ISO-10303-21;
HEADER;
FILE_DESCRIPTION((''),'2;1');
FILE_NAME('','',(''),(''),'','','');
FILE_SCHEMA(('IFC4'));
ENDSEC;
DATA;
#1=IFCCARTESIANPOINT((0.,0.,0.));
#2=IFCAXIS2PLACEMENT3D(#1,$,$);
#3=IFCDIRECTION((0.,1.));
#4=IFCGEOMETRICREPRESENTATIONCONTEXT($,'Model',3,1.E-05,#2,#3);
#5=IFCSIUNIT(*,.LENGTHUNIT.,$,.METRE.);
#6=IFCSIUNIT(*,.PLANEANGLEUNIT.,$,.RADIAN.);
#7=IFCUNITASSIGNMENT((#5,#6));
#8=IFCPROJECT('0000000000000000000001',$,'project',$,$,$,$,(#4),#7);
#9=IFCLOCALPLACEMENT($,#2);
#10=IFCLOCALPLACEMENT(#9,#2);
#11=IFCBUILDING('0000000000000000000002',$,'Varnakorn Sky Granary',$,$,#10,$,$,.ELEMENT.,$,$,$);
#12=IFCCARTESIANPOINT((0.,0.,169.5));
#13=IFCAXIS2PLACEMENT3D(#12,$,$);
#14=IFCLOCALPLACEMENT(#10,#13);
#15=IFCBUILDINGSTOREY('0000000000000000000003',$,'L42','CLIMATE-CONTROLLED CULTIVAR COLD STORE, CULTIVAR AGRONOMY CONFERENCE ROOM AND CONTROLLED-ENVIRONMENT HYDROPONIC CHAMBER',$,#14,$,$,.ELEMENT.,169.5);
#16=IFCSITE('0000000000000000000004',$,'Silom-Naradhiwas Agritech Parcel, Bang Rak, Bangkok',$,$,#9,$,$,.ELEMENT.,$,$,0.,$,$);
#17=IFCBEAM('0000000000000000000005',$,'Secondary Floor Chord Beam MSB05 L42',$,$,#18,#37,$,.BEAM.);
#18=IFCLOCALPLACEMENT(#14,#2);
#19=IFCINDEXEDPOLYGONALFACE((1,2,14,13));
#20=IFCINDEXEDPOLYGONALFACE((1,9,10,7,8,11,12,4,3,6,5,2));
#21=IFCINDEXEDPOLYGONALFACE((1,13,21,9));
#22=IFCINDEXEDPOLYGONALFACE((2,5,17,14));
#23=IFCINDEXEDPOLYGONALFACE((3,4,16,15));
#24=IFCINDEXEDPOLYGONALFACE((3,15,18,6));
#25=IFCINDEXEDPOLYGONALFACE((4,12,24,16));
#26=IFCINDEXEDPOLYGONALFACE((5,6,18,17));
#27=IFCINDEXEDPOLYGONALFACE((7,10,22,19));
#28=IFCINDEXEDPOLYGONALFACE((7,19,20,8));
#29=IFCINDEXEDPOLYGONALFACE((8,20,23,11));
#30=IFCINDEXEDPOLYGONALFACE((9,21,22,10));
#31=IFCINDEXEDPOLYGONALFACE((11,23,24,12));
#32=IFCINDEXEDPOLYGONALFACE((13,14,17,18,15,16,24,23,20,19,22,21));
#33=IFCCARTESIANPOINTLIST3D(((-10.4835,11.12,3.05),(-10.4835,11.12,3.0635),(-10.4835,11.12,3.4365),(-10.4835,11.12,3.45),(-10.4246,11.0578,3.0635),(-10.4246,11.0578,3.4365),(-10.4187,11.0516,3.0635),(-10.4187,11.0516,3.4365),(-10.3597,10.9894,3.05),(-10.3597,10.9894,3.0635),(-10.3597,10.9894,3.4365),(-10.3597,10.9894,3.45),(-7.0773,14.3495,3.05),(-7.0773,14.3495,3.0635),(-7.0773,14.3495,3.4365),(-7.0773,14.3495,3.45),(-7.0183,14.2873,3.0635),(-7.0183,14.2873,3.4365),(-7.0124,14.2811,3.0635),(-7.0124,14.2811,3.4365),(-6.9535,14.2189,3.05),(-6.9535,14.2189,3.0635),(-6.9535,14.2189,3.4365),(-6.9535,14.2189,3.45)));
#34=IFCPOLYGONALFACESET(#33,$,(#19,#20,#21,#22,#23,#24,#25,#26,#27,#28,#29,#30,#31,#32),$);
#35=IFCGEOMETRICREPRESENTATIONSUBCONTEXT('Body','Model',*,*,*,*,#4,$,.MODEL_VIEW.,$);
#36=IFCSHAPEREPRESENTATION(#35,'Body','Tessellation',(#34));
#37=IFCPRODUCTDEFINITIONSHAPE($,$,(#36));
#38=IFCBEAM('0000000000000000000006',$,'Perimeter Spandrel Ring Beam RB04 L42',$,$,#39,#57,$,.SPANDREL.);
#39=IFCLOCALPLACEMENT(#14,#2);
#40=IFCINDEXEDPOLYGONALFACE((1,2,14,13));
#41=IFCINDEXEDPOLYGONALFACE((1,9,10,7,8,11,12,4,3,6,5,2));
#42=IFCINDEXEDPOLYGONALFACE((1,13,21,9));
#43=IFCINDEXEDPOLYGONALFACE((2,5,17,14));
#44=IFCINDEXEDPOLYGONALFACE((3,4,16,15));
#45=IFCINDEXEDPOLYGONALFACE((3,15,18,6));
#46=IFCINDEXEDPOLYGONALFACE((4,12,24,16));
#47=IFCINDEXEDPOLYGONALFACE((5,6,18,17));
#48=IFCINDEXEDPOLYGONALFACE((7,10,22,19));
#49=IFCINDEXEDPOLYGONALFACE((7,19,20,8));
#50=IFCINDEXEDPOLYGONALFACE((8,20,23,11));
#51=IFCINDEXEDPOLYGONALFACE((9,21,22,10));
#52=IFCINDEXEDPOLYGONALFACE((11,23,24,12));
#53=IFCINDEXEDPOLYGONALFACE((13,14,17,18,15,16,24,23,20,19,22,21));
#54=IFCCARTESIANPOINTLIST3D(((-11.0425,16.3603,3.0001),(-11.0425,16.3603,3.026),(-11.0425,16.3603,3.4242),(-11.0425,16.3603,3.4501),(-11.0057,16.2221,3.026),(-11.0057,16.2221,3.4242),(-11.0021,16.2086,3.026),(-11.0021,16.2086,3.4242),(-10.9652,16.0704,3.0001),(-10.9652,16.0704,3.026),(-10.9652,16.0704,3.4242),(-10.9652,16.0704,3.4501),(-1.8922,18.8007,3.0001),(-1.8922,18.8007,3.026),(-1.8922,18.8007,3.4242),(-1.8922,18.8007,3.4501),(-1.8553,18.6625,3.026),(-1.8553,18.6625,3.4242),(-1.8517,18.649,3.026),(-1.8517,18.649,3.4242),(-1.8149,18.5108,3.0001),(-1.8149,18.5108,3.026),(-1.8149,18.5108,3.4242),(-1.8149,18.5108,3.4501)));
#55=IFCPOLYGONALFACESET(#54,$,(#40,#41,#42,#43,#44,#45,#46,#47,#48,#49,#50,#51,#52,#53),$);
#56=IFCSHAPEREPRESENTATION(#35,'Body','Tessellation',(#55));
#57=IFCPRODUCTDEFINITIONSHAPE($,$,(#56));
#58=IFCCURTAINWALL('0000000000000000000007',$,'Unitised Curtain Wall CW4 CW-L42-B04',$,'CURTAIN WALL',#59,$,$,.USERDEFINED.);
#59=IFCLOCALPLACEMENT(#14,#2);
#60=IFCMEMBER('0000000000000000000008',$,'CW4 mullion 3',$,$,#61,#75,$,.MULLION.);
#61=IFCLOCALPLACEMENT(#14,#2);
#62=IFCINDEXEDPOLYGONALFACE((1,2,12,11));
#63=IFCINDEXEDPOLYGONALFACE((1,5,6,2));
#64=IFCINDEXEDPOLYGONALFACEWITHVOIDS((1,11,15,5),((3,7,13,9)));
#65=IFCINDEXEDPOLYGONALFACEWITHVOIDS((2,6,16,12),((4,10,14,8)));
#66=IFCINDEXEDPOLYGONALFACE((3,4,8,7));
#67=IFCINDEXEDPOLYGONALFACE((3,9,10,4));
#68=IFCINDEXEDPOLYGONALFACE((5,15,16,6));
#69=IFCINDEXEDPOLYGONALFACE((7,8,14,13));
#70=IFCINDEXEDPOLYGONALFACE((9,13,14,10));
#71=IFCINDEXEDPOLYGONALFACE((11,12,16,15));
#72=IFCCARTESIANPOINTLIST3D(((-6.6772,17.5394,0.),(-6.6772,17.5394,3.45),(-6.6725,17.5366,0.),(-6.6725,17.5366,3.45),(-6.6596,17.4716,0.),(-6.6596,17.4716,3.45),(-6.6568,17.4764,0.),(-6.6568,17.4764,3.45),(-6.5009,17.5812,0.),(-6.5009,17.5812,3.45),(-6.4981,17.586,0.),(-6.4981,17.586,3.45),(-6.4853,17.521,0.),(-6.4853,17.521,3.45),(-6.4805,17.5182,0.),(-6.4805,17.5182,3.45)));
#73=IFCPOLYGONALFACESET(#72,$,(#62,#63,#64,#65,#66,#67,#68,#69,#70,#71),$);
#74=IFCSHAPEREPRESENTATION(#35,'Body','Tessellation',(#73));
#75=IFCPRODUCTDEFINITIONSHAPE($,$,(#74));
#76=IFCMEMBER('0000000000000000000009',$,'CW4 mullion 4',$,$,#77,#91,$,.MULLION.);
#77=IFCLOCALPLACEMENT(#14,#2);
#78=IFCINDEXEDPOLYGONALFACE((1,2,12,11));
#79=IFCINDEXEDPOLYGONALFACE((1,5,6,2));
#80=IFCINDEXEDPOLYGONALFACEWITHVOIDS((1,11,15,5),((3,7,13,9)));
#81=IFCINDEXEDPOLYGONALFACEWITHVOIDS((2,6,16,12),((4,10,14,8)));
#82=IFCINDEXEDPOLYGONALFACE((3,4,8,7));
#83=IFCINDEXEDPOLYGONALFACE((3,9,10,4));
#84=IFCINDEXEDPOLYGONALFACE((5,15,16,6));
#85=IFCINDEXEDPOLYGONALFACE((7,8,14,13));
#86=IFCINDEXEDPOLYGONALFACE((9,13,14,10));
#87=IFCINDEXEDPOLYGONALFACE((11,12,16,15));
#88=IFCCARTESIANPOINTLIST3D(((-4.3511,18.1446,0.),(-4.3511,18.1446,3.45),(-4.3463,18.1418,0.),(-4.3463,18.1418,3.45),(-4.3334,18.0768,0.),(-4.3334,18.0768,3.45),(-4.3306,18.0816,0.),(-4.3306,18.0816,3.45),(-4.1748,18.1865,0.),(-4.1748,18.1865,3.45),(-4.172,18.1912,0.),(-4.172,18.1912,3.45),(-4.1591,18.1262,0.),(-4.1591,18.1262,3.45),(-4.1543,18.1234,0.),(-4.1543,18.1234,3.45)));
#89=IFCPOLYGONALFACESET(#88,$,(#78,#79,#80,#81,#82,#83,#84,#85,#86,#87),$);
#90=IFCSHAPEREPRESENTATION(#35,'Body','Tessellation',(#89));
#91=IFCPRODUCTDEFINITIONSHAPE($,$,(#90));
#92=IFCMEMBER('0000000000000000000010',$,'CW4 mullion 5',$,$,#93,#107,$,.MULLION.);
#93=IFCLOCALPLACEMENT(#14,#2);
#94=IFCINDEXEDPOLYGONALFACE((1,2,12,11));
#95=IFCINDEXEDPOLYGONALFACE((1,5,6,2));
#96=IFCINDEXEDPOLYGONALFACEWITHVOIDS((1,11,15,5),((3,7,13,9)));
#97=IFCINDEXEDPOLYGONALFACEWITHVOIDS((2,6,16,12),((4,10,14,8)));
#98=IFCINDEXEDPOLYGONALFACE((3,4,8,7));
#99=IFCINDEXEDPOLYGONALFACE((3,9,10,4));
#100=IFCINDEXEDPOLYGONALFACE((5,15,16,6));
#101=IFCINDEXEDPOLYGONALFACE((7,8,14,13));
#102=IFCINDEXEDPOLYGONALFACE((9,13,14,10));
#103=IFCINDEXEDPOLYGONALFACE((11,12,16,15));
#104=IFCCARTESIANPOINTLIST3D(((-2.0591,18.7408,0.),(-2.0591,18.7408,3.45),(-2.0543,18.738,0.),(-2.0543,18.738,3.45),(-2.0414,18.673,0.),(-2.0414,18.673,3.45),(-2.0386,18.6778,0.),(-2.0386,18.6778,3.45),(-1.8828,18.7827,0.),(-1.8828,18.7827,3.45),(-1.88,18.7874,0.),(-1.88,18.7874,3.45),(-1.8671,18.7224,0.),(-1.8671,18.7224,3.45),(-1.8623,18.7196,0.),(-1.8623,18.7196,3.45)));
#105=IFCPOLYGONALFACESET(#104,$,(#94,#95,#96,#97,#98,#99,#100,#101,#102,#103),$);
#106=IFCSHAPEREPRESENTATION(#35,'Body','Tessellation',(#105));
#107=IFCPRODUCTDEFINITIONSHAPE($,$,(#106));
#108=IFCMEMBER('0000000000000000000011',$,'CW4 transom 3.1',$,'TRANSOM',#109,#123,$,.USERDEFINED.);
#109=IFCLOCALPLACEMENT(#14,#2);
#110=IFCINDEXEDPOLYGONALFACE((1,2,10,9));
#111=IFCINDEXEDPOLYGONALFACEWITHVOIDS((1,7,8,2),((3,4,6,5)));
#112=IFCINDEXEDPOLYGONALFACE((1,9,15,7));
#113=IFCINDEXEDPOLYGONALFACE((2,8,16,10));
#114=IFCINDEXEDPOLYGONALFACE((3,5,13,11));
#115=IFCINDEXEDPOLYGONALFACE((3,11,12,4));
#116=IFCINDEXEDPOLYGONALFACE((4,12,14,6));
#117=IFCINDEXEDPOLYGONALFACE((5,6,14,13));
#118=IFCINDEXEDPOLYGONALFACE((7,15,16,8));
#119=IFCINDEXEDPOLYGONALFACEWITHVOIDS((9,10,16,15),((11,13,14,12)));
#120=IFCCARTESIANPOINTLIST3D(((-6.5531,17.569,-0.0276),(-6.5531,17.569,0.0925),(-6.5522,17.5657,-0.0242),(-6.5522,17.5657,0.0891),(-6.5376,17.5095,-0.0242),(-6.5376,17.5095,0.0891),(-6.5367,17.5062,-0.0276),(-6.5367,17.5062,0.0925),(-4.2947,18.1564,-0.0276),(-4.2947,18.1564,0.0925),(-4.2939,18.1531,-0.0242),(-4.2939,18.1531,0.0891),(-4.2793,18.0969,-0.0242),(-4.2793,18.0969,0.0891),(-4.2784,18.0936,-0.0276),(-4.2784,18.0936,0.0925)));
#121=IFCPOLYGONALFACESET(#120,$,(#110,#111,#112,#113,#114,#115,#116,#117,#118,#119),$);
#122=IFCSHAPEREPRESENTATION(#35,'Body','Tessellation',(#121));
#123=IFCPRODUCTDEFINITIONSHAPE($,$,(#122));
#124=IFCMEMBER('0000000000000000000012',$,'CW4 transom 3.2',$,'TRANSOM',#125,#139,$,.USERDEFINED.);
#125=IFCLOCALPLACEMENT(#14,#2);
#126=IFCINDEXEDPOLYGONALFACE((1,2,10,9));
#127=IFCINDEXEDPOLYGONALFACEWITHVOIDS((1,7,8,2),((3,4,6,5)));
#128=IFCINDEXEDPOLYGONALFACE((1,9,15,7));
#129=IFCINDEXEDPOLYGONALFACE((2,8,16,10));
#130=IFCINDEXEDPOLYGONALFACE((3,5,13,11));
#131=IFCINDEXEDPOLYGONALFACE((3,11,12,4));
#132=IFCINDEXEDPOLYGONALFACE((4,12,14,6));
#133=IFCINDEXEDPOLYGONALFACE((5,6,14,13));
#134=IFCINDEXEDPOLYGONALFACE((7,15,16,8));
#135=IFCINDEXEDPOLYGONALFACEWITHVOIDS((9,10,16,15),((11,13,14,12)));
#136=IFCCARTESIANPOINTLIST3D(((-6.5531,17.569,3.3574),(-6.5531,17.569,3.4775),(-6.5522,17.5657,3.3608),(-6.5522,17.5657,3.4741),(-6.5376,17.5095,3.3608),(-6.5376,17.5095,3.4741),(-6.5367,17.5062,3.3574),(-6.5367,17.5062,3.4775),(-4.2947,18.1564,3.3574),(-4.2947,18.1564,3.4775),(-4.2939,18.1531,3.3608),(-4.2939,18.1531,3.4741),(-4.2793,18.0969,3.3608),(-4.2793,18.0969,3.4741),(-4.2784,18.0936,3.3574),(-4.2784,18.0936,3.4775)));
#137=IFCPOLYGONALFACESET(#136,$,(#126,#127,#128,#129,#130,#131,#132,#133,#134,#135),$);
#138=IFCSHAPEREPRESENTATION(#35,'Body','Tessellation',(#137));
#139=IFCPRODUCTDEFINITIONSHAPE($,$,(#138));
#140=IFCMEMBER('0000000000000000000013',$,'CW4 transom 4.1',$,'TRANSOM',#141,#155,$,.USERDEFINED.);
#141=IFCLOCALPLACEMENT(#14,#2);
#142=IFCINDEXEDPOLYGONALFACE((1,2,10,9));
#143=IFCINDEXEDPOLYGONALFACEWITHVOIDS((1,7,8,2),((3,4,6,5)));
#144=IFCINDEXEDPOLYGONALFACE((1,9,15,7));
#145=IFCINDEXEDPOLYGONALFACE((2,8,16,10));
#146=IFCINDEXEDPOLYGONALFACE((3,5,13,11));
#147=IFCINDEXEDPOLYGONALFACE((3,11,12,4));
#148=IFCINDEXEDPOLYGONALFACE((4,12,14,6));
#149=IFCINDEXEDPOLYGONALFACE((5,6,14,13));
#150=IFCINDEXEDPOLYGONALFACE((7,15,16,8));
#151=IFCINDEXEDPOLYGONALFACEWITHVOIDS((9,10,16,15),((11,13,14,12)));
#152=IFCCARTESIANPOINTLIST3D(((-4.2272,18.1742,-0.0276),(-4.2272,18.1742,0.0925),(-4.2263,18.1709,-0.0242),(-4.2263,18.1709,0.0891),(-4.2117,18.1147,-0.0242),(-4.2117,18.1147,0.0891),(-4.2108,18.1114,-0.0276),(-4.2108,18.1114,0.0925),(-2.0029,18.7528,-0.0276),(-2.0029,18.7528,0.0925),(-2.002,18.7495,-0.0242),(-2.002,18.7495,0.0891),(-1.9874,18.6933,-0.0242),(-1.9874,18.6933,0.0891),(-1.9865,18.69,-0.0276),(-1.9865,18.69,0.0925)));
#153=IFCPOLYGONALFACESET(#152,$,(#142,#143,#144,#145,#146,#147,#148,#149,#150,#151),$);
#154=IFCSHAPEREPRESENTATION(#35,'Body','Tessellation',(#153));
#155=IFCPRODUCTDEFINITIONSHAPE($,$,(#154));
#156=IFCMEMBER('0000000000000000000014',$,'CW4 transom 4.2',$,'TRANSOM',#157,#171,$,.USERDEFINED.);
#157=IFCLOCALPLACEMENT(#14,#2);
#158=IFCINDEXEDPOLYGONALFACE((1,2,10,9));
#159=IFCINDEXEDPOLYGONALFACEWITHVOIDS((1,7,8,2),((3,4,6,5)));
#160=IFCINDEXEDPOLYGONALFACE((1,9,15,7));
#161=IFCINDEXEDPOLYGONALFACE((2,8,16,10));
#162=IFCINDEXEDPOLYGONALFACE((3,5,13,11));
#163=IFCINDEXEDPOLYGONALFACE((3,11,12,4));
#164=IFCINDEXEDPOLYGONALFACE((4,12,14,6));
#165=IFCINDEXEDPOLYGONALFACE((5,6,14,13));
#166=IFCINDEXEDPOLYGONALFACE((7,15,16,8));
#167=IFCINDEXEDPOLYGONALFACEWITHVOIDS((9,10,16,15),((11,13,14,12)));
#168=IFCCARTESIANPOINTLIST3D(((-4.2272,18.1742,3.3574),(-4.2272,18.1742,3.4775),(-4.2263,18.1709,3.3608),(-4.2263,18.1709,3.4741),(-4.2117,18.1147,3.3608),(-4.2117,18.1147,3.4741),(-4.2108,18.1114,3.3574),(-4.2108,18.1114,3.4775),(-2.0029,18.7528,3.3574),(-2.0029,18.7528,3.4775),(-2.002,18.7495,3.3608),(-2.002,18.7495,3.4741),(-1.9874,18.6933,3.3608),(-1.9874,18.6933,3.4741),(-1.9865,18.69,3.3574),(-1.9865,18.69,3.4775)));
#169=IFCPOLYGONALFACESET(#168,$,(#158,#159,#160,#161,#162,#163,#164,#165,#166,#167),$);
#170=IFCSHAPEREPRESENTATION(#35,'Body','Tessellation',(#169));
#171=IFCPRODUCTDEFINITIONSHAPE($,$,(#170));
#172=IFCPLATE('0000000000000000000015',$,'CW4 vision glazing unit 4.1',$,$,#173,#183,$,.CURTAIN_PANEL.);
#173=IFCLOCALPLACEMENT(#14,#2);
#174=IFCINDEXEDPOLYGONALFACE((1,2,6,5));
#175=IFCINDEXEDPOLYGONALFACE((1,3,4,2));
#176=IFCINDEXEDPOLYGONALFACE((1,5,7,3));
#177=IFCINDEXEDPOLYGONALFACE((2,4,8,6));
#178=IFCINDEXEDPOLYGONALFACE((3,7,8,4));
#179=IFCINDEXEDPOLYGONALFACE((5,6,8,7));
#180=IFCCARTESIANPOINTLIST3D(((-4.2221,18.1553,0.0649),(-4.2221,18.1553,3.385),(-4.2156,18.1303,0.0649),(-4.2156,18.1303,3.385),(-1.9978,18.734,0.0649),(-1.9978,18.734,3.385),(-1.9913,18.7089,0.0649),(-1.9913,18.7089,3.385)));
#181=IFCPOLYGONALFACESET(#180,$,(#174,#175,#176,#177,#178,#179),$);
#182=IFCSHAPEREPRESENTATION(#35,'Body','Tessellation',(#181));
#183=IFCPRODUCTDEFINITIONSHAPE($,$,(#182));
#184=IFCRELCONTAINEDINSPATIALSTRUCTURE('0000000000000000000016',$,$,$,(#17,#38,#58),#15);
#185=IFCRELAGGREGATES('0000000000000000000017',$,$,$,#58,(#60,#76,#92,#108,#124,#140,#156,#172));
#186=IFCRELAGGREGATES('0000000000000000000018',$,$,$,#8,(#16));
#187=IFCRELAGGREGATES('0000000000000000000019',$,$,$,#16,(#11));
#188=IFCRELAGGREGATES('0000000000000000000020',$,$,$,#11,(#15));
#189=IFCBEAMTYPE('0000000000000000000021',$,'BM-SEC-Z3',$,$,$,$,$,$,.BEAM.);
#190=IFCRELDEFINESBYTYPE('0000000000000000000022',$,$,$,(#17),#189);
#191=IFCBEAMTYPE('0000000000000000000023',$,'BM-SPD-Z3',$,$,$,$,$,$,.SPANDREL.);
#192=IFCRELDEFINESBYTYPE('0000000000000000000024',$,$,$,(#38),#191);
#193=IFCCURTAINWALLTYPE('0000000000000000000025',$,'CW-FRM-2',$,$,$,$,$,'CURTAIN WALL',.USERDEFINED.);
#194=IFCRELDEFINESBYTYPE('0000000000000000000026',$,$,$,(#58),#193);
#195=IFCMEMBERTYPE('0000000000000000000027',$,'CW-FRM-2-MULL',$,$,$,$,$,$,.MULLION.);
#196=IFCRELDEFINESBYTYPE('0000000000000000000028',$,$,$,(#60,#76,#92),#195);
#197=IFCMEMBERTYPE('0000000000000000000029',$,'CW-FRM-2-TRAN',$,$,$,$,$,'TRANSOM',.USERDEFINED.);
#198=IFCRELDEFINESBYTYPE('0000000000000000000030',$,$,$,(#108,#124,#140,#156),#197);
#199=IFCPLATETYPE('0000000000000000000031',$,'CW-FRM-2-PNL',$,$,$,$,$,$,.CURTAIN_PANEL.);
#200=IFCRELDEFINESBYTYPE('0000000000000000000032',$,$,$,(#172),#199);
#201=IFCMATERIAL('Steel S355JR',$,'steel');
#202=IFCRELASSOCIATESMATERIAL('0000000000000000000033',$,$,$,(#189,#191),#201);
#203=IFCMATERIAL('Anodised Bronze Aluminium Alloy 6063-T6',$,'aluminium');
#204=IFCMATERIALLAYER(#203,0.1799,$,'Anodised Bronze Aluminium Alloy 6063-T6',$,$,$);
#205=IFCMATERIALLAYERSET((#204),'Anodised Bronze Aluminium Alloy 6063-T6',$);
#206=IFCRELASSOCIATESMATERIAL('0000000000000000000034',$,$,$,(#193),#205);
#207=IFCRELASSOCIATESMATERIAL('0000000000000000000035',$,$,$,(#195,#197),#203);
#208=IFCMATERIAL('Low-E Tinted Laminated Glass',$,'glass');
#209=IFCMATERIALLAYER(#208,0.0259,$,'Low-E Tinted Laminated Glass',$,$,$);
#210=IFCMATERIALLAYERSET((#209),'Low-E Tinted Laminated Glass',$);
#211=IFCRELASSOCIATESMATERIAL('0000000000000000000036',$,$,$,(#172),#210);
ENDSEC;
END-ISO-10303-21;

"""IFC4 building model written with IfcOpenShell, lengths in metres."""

from ifc_helpers import new_model, si_unit, direction, frame, origin, origin_2d, place, context, subcontext, project, spatial, rectangle, hollow_rectangle, i_section, extrude, source, transform, mapped, material, layer, layer_set, material_profile, profile_set, type_object, element, aggregate, save


model = new_model("IFC4")

# Units and contexts
model_context = context("Model", 3, precision=1e-05, world=origin(), true_north=direction((0.0, 1.0)))
body_context = subcontext(model_context, "Body", "Model", "MODEL_VIEW")
ifc_project = project(units=[si_unit("LENGTHUNIT", "METRE"), si_unit("PLANEANGLEUNIT", "RADIAN")], contexts=[model_context])

# Site, building, storey
site_placement = place(None, origin())
site = spatial("IfcSite", under=ifc_project, at=site_placement, Name="Silom-Naradhiwas Agritech Parcel, Bang Rak, Bangkok", CompositionType="ELEMENT", RefElevation=0.0)
building_placement = place(site_placement, origin())
building = spatial("IfcBuilding", under=site, at=building_placement, Name="Varnakorn Sky Granary", CompositionType="ELEMENT")
storey_placement = place(building_placement, frame((0.0, 0.0, 169.5)))
storey = spatial("IfcBuildingStorey", under=building, at=storey_placement, Name="L42", Description="CLIMATE-CONTROLLED CULTIVAR COLD STORE, CULTIVAR AGRONOMY CONFERENCE ROOM AND CONTROLLED-ENVIRONMENT HYDROPONIC CHAMBER", CompositionType="ELEMENT", Elevation=169.5)

# Beams
ifc_material_1 = material(Name="Steel S355JR", Category="steel")
ifc_material_profile_1 = material_profile(ifc_material_1, i_section(OverallWidth=0.1799, OverallDepth=0.3999, WebThickness=0.0085, FlangeThickness=0.0134, at=origin_2d()), Name="IPE 400")
ifc_profile_set_1 = profile_set([ifc_material_profile_1], Name="Steel S355JR")
beam_type_1 = type_object("IfcBeamType", Name="BM-SEC-Z3", PredefinedType="BEAM", material=ifc_profile_set_1)
beam_1_placement = place(storey_placement, frame((-7.0154, 14.2842, 3.25), z_axis=(-0.725685, -0.688027, 0.0), x_axis=(0.688027, -0.725685, 0.0)))
element("IfcBeam", 1, at=beam_1_placement, inside=storey, type_object=beam_type_1, Name="Secondary Floor Chord Beam MSB05 L42", PredefinedType="BEAM", context=body_context, shape_type="SweptSolid", body=[
    extrude(i_section(OverallWidth=0.1799, OverallDepth=0.3999, WebThickness=0.0085, FlangeThickness=0.0134, at=origin_2d()), origin(), (0.0, 0.0, 1.0), 4.6938),
])
ifc_material_profile_2 = material_profile(ifc_material_1, i_section(OverallWidth=0.3, OverallDepth=0.45, WebThickness=0.0139, FlangeThickness=0.0259, at=origin_2d()), Name="HE 450 B")
ifc_profile_set_2 = profile_set([ifc_material_profile_2], Name="Steel S355JR")
beam_type_2 = type_object("IfcBeamType", Name="BM-SPD-Z3", PredefinedType="SPANDREL", material=ifc_profile_set_2)
beam_2_placement = place(storey_placement, frame((-1.8535, 18.6558, 3.2251), z_axis=(-0.966226, -0.257695, 0.0), x_axis=(0.257695, -0.966226, 0.0)))
element("IfcBeam", 2, at=beam_2_placement, inside=storey, type_object=beam_type_2, Name="Perimeter Spandrel Ring Beam RB04 L42", PredefinedType="SPANDREL", context=body_context, shape_type="SweptSolid", body=[
    extrude(i_section(OverallWidth=0.3, OverallDepth=0.45, WebThickness=0.0139, FlangeThickness=0.0259, at=origin_2d()), origin(), (0.0, 0.0, 1.0), 9.4702),
])

# Curtain wall, members, plate
ifc_material_2 = material(Name="Anodised Bronze Aluminium Alloy 6063-T6", Category="aluminium")
ifc_layer_1 = layer(ifc_material_2, 0.1799, Name="Anodised Bronze Aluminium Alloy 6063-T6")
ifc_layer_set_1 = layer_set([ifc_layer_1], Name="Anodised Bronze Aluminium Alloy 6063-T6")
curtain_wall_type = type_object("IfcCurtainWallType", Name="CW-FRM-2", ElementType="CURTAIN WALL", PredefinedType="USERDEFINED", material=ifc_layer_set_1)
curtain_wall_placement = place(storey_placement, origin())
curtain_wall = element("IfcCurtainWall", 3, at=curtain_wall_placement, inside=storey, type_object=curtain_wall_type, Name="Unitised Curtain Wall CW4 CW-L42-B04", ObjectType="CURTAIN WALL", PredefinedType="USERDEFINED")
ifc_material_profile_3 = material_profile(ifc_material_2, hollow_rectangle(XDim=0.0701, YDim=0.1851, WallThickness=0.0039, at=origin_2d()), Name="ALU MULL 70x185")
ifc_profile_set_3 = profile_set([ifc_material_profile_3], Name="Anodised Bronze Aluminium Alloy 6063-T6")
member_type_1 = type_object("IfcMemberType", Name="CW-FRM-2-MULL", PredefinedType="MULLION", material=ifc_profile_set_3)
member_1_placement = place(storey_placement, frame((-6.5789, 17.5288, 0.0), z_axis=(0.0, 0.0, 1.0), x_axis=(-0.251759, 0.96779, 0.0)))
member_1 = element("IfcMember", 4, at=member_1_placement, type_object=member_type_1, Name="CW4 mullion 3", PredefinedType="MULLION", context=body_context, shape_type="SweptSolid", body=[
    extrude(hollow_rectangle(XDim=0.0701, YDim=0.1851, WallThickness=0.0039, at=origin_2d()), origin(), (0.0, 0.0, 1.0), 3.45),
])
member_2_placement = place(storey_placement, frame((-4.2527, 18.134, 0.0), z_axis=(0.0, 0.0, 1.0), x_axis=(-0.251759, 0.96779, 0.0)))
member_2 = element("IfcMember", 5, at=member_2_placement, type_object=member_type_1, Name="CW4 mullion 4", PredefinedType="MULLION", context=body_context, shape_type="SweptSolid", body=[
    extrude(hollow_rectangle(XDim=0.0701, YDim=0.1851, WallThickness=0.0039, at=origin_2d()), origin(), (0.0, 0.0, 1.0), 3.45),
])
member_3_placement = place(storey_placement, frame((-1.9607, 18.7302, 0.0), z_axis=(0.0, 0.0, 1.0), x_axis=(-0.251759, 0.96779, 0.0)))
member_3 = element("IfcMember", 6, at=member_3_placement, type_object=member_type_1, Name="CW4 mullion 5", PredefinedType="MULLION", context=body_context, shape_type="SweptSolid", body=[
    extrude(hollow_rectangle(XDim=0.0701, YDim=0.1851, WallThickness=0.0039, at=origin_2d()), origin(), (0.0, 0.0, 1.0), 3.45),
])
ifc_material_profile_4 = material_profile(ifc_material_2, hollow_rectangle(XDim=0.0649, YDim=0.1201, WallThickness=0.0034, at=origin_2d()), Name="ALU TRAN 65x120")
ifc_profile_set_4 = profile_set([ifc_material_profile_4], Name="Anodised Bronze Aluminium Alloy 6063-T6")
member_type_2 = type_object("IfcMemberType", Name="CW-FRM-2-TRAN", ElementType="TRANSOM", PredefinedType="USERDEFINED", material=ifc_profile_set_4)
member_4_placement = place(storey_placement, frame((-6.5449, 17.5376, 0.0325), z_axis=(0.967797, 0.251732, 0.0), x_axis=(-0.251732, 0.967797, 0.0)))
member_4 = element("IfcMember", 7, at=member_4_placement, type_object=member_type_2, Name="CW4 transom 3.1", ObjectType="TRANSOM", PredefinedType="USERDEFINED", context=body_context, shape_type="SweptSolid", body=[
    extrude(hollow_rectangle(XDim=0.0649, YDim=0.1201, WallThickness=0.0034, at=origin_2d()), origin(), (0.0, 0.0, 1.0), 2.3335),
])
member_5_placement = place(storey_placement, frame((-6.5449, 17.5376, 3.4175), z_axis=(0.967797, 0.251732, 0.0), x_axis=(-0.251732, 0.967797, 0.0)))
member_5 = element("IfcMember", 8, at=member_5_placement, type_object=member_type_2, Name="CW4 transom 3.2", ObjectType="TRANSOM", PredefinedType="USERDEFINED", context=body_context, shape_type="SweptSolid", body=[
    extrude(hollow_rectangle(XDim=0.0649, YDim=0.1201, WallThickness=0.0034, at=origin_2d()), origin(), (0.0, 0.0, 1.0), 2.3335),
])
member_6_placement = place(storey_placement, frame((-4.219, 18.1428, 0.0325), z_axis=(0.967793, 0.251747, 0.0), x_axis=(-0.251747, 0.967793, 0.0)))
member_6 = element("IfcMember", 9, at=member_6_placement, type_object=member_type_2, Name="CW4 transom 4.1", ObjectType="TRANSOM", PredefinedType="USERDEFINED", context=body_context, shape_type="SweptSolid", body=[
    extrude(hollow_rectangle(XDim=0.0649, YDim=0.1201, WallThickness=0.0034, at=origin_2d()), origin(), (0.0, 0.0, 1.0), 2.2983),
])
member_7_placement = place(storey_placement, frame((-4.219, 18.1428, 3.4175), z_axis=(0.967793, 0.251747, 0.0), x_axis=(-0.251747, 0.967793, 0.0)))
member_7 = element("IfcMember", 10, at=member_7_placement, type_object=member_type_2, Name="CW4 transom 4.2", ObjectType="TRANSOM", PredefinedType="USERDEFINED", context=body_context, shape_type="SweptSolid", body=[
    extrude(hollow_rectangle(XDim=0.0649, YDim=0.1201, WallThickness=0.0034, at=origin_2d()), origin(), (0.0, 0.0, 1.0), 2.2983),
])
ifc_material_3 = material(Name="Low-E Tinted Laminated Glass", Category="glass")
ifc_layer_2 = layer(ifc_material_3, 0.0259, Name="Low-E Tinted Laminated Glass")
ifc_layer_set_2 = layer_set([ifc_layer_2], Name="Low-E Tinted Laminated Glass")
plate_type = type_object("IfcPlateType", Name="CW-FRM-2-PNL", PredefinedType="CURTAIN_PANEL")
shared_shape_1 = source(origin(), body_context, "Body", "SweptSolid", [
    extrude(rectangle(XDim=2.2983, YDim=0.0259, at=origin_2d()), origin(), (0.0, 0.0, 1.0), 3.3201),
])
plate_1_placement = place(storey_placement, frame((-3.1067, 18.4321, 0.0649), z_axis=(0.0, 0.0, 1.0), x_axis=(0.96779, 0.251759, 0.0)))
plate_1 = element("IfcPlate", 11, at=plate_1_placement, type_object=plate_type, material=ifc_layer_set_2, Name="CW4 vision glazing unit 4.1", PredefinedType="CURTAIN_PANEL", context=body_context, shape_type="MappedRepresentation", body=[
    mapped(shared_shape_1, transform((0.0, 0.0, 0.0), x_axis=(1.0, 0.0, 0.0), y_axis=(0.0, 1.0, 0.0), z_axis=(0.0, 0.0, 1.0), scale=1.0)),
])
aggregate(curtain_wall, [member_1, member_2, member_3, member_4, member_5, member_6, member_7, plate_1])

save(model, "model.ifc")
